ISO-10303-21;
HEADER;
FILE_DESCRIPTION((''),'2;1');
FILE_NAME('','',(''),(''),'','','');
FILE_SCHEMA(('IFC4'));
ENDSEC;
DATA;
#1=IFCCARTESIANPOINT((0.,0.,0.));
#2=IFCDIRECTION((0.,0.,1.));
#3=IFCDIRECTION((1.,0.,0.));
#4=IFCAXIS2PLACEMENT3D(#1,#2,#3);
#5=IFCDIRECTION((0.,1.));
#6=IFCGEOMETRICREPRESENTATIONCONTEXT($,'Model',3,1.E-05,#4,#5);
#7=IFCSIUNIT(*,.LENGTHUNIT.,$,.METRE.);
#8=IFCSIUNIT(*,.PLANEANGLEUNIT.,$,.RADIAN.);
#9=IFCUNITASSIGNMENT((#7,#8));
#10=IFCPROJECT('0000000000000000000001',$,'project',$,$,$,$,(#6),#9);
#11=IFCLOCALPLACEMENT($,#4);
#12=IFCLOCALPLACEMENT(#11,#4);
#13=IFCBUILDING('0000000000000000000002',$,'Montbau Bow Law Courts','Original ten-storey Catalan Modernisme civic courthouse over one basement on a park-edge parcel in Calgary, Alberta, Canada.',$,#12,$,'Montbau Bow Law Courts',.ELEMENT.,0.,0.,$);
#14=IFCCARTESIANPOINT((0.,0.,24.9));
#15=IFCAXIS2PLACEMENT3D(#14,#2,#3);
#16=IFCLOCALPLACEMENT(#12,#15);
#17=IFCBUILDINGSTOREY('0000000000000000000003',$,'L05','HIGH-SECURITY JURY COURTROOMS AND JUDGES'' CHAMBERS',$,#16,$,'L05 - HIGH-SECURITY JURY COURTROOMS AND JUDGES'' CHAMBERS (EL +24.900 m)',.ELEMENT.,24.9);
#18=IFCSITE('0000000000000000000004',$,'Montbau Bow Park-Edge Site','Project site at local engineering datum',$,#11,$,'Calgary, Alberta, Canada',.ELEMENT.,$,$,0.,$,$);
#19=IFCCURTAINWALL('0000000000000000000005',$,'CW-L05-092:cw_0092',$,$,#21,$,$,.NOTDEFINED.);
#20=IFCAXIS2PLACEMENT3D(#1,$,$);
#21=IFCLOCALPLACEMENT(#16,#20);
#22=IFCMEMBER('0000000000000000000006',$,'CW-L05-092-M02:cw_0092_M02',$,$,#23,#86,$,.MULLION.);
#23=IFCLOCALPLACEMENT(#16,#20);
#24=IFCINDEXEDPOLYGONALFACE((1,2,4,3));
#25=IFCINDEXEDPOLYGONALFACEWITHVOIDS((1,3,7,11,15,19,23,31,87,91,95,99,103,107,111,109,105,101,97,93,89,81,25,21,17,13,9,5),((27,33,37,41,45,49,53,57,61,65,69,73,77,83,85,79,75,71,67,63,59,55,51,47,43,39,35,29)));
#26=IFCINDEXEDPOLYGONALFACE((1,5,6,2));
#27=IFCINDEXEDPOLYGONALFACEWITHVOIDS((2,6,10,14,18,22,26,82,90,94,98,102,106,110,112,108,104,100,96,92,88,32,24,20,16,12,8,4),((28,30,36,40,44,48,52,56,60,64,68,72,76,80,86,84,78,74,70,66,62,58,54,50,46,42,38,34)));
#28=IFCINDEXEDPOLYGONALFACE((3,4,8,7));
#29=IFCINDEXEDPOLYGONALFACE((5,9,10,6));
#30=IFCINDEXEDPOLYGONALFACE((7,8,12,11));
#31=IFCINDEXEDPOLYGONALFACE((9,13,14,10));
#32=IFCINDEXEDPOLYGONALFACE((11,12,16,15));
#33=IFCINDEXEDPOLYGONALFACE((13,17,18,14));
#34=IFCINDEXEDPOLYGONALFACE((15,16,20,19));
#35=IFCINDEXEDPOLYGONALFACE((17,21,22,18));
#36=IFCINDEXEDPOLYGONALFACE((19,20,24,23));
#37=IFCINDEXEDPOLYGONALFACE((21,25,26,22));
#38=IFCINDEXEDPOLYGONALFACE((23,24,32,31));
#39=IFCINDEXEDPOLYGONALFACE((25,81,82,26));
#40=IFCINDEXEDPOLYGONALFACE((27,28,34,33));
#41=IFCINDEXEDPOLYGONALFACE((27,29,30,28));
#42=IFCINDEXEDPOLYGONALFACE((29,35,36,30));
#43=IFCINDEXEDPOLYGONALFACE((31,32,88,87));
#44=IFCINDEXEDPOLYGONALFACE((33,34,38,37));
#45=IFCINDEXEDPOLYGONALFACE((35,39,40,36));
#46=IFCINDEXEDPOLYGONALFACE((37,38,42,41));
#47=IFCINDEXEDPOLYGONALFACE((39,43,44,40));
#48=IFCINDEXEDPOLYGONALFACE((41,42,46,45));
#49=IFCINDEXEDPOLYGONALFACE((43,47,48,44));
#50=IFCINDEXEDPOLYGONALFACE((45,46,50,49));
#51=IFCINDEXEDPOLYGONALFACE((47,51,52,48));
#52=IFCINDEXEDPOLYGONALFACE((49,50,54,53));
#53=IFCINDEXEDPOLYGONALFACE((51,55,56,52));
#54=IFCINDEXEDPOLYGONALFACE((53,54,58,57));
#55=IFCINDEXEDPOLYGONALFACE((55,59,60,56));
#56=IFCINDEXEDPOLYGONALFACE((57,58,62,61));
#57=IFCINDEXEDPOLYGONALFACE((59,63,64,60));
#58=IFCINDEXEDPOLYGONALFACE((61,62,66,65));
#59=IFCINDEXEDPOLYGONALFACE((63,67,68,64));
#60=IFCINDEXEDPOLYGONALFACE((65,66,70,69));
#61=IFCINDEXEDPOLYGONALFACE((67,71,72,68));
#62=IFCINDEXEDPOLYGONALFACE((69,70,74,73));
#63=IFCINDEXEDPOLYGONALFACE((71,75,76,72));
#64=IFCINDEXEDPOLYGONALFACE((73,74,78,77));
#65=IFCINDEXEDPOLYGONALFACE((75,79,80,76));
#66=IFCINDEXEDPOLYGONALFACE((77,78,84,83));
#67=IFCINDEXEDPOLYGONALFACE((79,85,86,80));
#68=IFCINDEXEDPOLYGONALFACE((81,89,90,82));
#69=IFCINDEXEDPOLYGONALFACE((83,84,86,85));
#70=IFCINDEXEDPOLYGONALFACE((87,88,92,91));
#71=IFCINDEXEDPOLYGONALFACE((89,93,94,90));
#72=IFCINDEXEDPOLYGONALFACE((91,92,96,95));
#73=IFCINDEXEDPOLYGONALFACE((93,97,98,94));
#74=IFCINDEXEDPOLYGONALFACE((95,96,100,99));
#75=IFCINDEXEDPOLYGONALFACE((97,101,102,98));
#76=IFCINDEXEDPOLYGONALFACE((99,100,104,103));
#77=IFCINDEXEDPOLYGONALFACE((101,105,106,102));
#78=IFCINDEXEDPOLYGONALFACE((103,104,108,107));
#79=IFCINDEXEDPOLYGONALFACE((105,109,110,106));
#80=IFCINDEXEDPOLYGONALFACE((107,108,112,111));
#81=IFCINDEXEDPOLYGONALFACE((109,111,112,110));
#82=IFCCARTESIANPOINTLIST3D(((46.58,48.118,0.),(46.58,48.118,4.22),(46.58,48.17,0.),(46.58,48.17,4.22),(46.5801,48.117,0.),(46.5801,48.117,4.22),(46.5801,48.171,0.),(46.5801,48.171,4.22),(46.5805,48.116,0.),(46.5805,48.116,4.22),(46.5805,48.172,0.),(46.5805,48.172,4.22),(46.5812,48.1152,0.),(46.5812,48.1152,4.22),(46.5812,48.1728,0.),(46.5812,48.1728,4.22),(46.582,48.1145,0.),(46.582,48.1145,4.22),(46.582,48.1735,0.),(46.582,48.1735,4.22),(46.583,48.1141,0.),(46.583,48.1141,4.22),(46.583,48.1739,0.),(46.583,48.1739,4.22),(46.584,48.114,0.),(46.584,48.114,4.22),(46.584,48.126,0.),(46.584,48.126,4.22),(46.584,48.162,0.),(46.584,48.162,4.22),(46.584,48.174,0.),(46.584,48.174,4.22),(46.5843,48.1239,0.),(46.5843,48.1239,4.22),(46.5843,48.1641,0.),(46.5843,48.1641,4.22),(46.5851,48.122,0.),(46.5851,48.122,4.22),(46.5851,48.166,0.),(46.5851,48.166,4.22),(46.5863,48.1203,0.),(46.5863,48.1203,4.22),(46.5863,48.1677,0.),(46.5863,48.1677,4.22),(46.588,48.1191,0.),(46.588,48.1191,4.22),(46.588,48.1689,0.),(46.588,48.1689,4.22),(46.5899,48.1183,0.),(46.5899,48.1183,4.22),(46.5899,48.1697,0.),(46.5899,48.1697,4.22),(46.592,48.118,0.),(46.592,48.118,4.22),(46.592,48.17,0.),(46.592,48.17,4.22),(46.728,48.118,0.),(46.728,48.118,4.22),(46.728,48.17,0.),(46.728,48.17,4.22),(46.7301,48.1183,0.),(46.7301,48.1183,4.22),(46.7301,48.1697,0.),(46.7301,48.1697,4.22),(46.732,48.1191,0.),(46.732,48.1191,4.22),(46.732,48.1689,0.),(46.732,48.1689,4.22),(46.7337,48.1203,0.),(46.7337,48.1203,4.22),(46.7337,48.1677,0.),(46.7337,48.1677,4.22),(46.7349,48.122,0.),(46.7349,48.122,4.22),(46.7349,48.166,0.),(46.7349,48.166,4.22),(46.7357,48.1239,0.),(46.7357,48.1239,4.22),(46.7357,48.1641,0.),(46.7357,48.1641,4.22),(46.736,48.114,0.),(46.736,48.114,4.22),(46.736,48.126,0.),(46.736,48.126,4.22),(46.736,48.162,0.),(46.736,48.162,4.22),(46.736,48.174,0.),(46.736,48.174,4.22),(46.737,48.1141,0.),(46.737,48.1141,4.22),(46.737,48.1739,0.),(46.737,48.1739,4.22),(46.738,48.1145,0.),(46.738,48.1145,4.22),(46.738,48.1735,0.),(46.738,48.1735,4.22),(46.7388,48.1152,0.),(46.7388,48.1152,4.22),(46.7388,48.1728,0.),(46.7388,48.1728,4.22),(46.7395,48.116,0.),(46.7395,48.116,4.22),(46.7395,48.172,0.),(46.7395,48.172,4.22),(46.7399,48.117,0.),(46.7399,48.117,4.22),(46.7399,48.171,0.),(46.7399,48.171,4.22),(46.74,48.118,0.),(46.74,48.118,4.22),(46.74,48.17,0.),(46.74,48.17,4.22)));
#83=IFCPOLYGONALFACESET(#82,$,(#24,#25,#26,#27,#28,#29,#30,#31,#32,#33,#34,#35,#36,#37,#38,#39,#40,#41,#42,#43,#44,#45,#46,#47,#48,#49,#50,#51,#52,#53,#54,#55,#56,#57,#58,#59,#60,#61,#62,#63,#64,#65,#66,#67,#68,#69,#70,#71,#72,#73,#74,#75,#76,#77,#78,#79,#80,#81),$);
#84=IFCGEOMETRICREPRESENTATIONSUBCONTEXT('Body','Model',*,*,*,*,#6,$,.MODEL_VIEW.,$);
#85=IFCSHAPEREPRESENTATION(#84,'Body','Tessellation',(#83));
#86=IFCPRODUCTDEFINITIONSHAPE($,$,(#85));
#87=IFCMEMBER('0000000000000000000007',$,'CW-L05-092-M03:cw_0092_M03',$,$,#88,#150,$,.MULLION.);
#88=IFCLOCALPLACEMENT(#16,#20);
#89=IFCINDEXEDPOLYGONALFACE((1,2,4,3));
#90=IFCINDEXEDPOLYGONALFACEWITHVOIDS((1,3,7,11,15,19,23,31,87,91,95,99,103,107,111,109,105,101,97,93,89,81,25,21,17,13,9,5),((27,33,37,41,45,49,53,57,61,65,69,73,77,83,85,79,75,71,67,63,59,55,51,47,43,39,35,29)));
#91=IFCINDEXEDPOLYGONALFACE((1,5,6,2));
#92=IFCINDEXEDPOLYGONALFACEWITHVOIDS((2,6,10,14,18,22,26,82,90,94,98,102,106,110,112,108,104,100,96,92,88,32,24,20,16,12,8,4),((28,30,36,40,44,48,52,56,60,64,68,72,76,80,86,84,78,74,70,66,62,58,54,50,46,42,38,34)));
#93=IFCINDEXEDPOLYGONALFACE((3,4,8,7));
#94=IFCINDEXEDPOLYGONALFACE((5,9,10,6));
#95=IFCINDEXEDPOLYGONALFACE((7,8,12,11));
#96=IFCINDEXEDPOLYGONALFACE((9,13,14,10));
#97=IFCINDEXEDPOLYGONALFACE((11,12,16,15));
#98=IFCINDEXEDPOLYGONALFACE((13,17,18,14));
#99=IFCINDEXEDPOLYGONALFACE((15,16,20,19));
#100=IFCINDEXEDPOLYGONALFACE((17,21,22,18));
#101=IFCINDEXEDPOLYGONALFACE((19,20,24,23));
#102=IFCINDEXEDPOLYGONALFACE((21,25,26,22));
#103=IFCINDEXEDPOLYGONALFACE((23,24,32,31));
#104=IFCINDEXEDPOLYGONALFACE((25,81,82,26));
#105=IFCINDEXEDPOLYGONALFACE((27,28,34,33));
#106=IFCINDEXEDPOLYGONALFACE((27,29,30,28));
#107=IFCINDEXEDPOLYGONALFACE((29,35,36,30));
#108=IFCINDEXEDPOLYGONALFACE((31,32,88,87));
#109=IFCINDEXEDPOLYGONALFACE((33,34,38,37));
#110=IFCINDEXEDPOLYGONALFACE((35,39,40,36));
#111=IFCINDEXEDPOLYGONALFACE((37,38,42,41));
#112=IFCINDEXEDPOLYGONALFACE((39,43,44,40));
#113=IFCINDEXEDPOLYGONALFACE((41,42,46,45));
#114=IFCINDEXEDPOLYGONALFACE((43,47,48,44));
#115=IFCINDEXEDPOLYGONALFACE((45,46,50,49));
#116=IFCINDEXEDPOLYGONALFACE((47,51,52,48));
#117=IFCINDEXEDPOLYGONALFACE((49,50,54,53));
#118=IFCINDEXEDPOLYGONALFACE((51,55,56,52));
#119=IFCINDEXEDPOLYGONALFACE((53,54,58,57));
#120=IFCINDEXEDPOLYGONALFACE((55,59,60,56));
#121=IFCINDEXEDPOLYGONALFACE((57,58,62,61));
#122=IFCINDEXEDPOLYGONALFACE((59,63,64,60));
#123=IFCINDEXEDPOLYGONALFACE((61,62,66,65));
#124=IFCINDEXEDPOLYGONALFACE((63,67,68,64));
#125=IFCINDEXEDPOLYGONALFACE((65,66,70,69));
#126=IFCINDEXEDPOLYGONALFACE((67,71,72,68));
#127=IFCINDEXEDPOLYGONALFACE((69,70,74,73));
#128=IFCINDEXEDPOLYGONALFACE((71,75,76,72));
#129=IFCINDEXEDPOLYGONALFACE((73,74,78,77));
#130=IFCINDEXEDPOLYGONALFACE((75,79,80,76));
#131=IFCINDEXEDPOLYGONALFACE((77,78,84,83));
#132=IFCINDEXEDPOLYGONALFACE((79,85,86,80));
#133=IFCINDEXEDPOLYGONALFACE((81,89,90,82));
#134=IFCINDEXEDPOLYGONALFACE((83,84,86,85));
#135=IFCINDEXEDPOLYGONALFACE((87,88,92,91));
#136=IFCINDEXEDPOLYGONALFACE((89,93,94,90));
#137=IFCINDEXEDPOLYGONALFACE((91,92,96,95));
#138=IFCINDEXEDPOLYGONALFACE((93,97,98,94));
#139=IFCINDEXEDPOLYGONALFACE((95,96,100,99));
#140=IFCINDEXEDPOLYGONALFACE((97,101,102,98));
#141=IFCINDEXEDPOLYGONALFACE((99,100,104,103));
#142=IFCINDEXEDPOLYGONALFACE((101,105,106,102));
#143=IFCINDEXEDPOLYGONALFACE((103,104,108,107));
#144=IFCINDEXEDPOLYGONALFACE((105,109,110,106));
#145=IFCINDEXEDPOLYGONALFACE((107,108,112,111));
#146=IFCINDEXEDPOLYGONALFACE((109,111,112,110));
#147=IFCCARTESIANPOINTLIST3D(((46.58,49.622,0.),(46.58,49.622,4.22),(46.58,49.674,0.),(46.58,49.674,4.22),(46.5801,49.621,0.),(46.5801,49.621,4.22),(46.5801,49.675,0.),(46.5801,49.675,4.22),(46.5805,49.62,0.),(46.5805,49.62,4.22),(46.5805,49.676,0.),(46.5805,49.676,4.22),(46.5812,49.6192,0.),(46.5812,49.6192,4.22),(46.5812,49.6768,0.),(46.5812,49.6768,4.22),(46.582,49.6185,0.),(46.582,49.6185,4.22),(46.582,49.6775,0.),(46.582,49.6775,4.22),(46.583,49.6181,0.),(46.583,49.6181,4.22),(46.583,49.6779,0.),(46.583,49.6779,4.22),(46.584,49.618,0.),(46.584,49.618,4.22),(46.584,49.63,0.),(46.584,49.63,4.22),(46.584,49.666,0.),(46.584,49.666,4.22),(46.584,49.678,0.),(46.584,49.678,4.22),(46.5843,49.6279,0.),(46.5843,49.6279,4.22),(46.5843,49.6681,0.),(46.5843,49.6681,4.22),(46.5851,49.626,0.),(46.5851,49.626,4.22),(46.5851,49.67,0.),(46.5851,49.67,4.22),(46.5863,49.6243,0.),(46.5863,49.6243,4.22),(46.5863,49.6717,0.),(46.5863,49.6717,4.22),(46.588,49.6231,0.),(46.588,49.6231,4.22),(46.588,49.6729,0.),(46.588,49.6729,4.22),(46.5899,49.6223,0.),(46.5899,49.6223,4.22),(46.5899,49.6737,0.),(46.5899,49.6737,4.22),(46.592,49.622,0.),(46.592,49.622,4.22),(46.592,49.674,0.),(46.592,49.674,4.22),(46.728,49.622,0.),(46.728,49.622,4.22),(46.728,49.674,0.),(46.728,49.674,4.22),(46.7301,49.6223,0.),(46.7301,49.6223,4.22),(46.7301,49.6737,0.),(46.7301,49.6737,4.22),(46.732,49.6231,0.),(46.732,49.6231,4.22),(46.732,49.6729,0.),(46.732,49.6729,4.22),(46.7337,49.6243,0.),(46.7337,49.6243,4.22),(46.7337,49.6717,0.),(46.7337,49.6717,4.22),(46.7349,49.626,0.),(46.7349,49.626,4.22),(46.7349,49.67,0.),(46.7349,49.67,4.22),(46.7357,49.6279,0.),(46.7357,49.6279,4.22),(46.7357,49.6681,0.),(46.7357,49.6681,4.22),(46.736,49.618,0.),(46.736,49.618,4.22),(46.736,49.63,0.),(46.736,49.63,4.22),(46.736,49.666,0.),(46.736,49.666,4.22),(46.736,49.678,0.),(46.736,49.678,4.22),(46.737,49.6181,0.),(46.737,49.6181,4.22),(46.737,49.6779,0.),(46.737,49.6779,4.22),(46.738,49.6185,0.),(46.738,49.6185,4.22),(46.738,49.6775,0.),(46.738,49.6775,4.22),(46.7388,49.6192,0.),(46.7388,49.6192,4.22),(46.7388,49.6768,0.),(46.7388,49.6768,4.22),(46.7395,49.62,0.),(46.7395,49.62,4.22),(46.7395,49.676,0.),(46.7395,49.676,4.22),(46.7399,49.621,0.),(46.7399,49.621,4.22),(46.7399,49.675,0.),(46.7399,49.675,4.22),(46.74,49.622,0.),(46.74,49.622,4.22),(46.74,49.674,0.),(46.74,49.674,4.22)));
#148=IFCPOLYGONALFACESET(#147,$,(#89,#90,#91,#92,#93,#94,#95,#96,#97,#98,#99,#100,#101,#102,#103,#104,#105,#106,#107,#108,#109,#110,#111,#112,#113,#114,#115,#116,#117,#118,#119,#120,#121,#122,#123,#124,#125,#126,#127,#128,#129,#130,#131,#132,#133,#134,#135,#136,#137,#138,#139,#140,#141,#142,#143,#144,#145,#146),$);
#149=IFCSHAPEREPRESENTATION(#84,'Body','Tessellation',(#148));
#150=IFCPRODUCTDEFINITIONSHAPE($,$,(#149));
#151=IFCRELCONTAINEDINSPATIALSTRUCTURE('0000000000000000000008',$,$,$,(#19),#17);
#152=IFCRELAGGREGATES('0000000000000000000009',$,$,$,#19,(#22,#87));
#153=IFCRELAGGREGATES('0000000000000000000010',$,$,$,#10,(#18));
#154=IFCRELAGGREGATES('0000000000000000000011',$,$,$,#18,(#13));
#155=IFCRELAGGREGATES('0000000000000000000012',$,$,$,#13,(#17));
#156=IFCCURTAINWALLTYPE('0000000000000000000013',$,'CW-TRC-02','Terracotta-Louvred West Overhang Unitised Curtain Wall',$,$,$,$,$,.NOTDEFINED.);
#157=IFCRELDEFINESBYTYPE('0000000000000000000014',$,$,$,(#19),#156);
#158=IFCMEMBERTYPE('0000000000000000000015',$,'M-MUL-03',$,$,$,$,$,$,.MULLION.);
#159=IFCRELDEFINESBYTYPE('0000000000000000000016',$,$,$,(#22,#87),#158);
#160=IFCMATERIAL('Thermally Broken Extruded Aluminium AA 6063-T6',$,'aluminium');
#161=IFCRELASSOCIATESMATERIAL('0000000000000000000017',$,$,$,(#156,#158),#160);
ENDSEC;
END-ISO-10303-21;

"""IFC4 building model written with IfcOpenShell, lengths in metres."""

from ifc_helpers import new_model, si_unit, direction, frame, origin_with_axes, origin_2d_with_axis, place, context, subcontext, project, spatial, hollow_rectangle, extrude, material, material_profile, profile_set, type_object, element, aggregate, save


model = new_model("IFC4")

# Units and contexts
model_context = context("Model", 3, precision=1e-05, world=origin_with_axes(), true_north=direction((0.0, 1.0)))
body_context = subcontext(model_context, "Body", "Model", "MODEL_VIEW")
ifc_project = project(units=[si_unit("LENGTHUNIT", "METRE"), si_unit("PLANEANGLEUNIT", "RADIAN")], contexts=[model_context])

# Site, building, storey
site_placement = place(None, origin_with_axes())
site = spatial("IfcSite", under=ifc_project, at=site_placement, Name="Montbau Bow Park-Edge Site", Description="Project site at local engineering datum", LongName="Calgary, Alberta, Canada", CompositionType="ELEMENT", RefElevation=0.0)
building_placement = place(site_placement, origin_with_axes())
building = spatial("IfcBuilding", under=site, at=building_placement, Name="Montbau Bow Law Courts", Description="Original ten-storey Catalan Modernisme civic courthouse over one basement on a park-edge parcel in Calgary, Alberta, Canada.", LongName="Montbau Bow Law Courts", CompositionType="ELEMENT", ElevationOfRefHeight=0.0, ElevationOfTerrain=0.0)
storey_placement = place(building_placement, frame((0.0, 0.0, 24.9), z_axis=(0.0, 0.0, 1.0), x_axis=(1.0, 0.0, 0.0)))
storey = spatial("IfcBuildingStorey", under=building, at=storey_placement, Name="L05", Description="HIGH-SECURITY JURY COURTROOMS AND JUDGES' CHAMBERS", LongName="L05 - HIGH-SECURITY JURY COURTROOMS AND JUDGES' CHAMBERS (EL +24.900 m)", CompositionType="ELEMENT", Elevation=24.9)

# Curtain wall, members
ifc_material_1 = material(Name="Thermally Broken Extruded Aluminium AA 6063-T6", Category="aluminium")
curtain_wall_type = type_object("IfcCurtainWallType", Name="CW-TRC-02", Description="Terracotta-Louvred West Overhang Unitised Curtain Wall", PredefinedType="NOTDEFINED", material=ifc_material_1)
curtain_wall_placement = place(None, frame((46.66, 46.64, 24.9), z_axis=(0.0, 0.0, 1.0), x_axis=(1.0, 0.0, 0.0)))
curtain_wall = element("IfcCurtainWall", 1, at=curtain_wall_placement, inside=storey, type_object=curtain_wall_type, Name="CW-L05-092:cw_0092", PredefinedType="NOTDEFINED")
ifc_material_profile_1 = material_profile(ifc_material_1, hollow_rectangle(XDim=0.06, YDim=0.16, WallThickness=0.004, InnerFilletRadius=0.008, OuterFilletRadius=0.004, at=origin_2d_with_axis()), Name="CWM-160X60", Category="Main", Priority=0)
ifc_profile_set_1 = profile_set([ifc_material_profile_1], Name="Thermally Broken Extruded Aluminium AA 6063-T6")
member_type_1 = type_object("IfcMemberType", Name="M-MUL-03", PredefinedType="MULLION", material=ifc_profile_set_1)
member_1_placement = place(None, frame((46.66, 48.144, 24.9), z_axis=(0.0, 0.0, 1.0), x_axis=(0.0, 1.0, 0.0)))
member_1 = element("IfcMember", 2, at=member_1_placement, type_object=member_type_1, Name="CW-L05-092-M02:cw_0092_M02", PredefinedType="MULLION", context=body_context, shape_type="SweptSolid", body=[
    extrude(hollow_rectangle(XDim=0.06, YDim=0.16, WallThickness=0.004, InnerFilletRadius=0.008, OuterFilletRadius=0.004, at=origin_2d_with_axis()), origin_with_axes(), (0.0, 0.0, 1.0), 4.22),
])
member_2_placement = place(None, frame((46.66, 49.648, 24.9), z_axis=(0.0, 0.0, 1.0), x_axis=(0.0, 1.0, 0.0)))
member_2 = element("IfcMember", 3, at=member_2_placement, type_object=member_type_1, Name="CW-L05-092-M03:cw_0092_M03", PredefinedType="MULLION", context=body_context, shape_type="SweptSolid", body=[
    extrude(hollow_rectangle(XDim=0.06, YDim=0.16, WallThickness=0.004, InnerFilletRadius=0.008, OuterFilletRadius=0.004, at=origin_2d_with_axis()), origin_with_axes(), (0.0, 0.0, 1.0), 4.22),
])
aggregate(curtain_wall, [member_1, member_2])

save(model, "model.ifc")
